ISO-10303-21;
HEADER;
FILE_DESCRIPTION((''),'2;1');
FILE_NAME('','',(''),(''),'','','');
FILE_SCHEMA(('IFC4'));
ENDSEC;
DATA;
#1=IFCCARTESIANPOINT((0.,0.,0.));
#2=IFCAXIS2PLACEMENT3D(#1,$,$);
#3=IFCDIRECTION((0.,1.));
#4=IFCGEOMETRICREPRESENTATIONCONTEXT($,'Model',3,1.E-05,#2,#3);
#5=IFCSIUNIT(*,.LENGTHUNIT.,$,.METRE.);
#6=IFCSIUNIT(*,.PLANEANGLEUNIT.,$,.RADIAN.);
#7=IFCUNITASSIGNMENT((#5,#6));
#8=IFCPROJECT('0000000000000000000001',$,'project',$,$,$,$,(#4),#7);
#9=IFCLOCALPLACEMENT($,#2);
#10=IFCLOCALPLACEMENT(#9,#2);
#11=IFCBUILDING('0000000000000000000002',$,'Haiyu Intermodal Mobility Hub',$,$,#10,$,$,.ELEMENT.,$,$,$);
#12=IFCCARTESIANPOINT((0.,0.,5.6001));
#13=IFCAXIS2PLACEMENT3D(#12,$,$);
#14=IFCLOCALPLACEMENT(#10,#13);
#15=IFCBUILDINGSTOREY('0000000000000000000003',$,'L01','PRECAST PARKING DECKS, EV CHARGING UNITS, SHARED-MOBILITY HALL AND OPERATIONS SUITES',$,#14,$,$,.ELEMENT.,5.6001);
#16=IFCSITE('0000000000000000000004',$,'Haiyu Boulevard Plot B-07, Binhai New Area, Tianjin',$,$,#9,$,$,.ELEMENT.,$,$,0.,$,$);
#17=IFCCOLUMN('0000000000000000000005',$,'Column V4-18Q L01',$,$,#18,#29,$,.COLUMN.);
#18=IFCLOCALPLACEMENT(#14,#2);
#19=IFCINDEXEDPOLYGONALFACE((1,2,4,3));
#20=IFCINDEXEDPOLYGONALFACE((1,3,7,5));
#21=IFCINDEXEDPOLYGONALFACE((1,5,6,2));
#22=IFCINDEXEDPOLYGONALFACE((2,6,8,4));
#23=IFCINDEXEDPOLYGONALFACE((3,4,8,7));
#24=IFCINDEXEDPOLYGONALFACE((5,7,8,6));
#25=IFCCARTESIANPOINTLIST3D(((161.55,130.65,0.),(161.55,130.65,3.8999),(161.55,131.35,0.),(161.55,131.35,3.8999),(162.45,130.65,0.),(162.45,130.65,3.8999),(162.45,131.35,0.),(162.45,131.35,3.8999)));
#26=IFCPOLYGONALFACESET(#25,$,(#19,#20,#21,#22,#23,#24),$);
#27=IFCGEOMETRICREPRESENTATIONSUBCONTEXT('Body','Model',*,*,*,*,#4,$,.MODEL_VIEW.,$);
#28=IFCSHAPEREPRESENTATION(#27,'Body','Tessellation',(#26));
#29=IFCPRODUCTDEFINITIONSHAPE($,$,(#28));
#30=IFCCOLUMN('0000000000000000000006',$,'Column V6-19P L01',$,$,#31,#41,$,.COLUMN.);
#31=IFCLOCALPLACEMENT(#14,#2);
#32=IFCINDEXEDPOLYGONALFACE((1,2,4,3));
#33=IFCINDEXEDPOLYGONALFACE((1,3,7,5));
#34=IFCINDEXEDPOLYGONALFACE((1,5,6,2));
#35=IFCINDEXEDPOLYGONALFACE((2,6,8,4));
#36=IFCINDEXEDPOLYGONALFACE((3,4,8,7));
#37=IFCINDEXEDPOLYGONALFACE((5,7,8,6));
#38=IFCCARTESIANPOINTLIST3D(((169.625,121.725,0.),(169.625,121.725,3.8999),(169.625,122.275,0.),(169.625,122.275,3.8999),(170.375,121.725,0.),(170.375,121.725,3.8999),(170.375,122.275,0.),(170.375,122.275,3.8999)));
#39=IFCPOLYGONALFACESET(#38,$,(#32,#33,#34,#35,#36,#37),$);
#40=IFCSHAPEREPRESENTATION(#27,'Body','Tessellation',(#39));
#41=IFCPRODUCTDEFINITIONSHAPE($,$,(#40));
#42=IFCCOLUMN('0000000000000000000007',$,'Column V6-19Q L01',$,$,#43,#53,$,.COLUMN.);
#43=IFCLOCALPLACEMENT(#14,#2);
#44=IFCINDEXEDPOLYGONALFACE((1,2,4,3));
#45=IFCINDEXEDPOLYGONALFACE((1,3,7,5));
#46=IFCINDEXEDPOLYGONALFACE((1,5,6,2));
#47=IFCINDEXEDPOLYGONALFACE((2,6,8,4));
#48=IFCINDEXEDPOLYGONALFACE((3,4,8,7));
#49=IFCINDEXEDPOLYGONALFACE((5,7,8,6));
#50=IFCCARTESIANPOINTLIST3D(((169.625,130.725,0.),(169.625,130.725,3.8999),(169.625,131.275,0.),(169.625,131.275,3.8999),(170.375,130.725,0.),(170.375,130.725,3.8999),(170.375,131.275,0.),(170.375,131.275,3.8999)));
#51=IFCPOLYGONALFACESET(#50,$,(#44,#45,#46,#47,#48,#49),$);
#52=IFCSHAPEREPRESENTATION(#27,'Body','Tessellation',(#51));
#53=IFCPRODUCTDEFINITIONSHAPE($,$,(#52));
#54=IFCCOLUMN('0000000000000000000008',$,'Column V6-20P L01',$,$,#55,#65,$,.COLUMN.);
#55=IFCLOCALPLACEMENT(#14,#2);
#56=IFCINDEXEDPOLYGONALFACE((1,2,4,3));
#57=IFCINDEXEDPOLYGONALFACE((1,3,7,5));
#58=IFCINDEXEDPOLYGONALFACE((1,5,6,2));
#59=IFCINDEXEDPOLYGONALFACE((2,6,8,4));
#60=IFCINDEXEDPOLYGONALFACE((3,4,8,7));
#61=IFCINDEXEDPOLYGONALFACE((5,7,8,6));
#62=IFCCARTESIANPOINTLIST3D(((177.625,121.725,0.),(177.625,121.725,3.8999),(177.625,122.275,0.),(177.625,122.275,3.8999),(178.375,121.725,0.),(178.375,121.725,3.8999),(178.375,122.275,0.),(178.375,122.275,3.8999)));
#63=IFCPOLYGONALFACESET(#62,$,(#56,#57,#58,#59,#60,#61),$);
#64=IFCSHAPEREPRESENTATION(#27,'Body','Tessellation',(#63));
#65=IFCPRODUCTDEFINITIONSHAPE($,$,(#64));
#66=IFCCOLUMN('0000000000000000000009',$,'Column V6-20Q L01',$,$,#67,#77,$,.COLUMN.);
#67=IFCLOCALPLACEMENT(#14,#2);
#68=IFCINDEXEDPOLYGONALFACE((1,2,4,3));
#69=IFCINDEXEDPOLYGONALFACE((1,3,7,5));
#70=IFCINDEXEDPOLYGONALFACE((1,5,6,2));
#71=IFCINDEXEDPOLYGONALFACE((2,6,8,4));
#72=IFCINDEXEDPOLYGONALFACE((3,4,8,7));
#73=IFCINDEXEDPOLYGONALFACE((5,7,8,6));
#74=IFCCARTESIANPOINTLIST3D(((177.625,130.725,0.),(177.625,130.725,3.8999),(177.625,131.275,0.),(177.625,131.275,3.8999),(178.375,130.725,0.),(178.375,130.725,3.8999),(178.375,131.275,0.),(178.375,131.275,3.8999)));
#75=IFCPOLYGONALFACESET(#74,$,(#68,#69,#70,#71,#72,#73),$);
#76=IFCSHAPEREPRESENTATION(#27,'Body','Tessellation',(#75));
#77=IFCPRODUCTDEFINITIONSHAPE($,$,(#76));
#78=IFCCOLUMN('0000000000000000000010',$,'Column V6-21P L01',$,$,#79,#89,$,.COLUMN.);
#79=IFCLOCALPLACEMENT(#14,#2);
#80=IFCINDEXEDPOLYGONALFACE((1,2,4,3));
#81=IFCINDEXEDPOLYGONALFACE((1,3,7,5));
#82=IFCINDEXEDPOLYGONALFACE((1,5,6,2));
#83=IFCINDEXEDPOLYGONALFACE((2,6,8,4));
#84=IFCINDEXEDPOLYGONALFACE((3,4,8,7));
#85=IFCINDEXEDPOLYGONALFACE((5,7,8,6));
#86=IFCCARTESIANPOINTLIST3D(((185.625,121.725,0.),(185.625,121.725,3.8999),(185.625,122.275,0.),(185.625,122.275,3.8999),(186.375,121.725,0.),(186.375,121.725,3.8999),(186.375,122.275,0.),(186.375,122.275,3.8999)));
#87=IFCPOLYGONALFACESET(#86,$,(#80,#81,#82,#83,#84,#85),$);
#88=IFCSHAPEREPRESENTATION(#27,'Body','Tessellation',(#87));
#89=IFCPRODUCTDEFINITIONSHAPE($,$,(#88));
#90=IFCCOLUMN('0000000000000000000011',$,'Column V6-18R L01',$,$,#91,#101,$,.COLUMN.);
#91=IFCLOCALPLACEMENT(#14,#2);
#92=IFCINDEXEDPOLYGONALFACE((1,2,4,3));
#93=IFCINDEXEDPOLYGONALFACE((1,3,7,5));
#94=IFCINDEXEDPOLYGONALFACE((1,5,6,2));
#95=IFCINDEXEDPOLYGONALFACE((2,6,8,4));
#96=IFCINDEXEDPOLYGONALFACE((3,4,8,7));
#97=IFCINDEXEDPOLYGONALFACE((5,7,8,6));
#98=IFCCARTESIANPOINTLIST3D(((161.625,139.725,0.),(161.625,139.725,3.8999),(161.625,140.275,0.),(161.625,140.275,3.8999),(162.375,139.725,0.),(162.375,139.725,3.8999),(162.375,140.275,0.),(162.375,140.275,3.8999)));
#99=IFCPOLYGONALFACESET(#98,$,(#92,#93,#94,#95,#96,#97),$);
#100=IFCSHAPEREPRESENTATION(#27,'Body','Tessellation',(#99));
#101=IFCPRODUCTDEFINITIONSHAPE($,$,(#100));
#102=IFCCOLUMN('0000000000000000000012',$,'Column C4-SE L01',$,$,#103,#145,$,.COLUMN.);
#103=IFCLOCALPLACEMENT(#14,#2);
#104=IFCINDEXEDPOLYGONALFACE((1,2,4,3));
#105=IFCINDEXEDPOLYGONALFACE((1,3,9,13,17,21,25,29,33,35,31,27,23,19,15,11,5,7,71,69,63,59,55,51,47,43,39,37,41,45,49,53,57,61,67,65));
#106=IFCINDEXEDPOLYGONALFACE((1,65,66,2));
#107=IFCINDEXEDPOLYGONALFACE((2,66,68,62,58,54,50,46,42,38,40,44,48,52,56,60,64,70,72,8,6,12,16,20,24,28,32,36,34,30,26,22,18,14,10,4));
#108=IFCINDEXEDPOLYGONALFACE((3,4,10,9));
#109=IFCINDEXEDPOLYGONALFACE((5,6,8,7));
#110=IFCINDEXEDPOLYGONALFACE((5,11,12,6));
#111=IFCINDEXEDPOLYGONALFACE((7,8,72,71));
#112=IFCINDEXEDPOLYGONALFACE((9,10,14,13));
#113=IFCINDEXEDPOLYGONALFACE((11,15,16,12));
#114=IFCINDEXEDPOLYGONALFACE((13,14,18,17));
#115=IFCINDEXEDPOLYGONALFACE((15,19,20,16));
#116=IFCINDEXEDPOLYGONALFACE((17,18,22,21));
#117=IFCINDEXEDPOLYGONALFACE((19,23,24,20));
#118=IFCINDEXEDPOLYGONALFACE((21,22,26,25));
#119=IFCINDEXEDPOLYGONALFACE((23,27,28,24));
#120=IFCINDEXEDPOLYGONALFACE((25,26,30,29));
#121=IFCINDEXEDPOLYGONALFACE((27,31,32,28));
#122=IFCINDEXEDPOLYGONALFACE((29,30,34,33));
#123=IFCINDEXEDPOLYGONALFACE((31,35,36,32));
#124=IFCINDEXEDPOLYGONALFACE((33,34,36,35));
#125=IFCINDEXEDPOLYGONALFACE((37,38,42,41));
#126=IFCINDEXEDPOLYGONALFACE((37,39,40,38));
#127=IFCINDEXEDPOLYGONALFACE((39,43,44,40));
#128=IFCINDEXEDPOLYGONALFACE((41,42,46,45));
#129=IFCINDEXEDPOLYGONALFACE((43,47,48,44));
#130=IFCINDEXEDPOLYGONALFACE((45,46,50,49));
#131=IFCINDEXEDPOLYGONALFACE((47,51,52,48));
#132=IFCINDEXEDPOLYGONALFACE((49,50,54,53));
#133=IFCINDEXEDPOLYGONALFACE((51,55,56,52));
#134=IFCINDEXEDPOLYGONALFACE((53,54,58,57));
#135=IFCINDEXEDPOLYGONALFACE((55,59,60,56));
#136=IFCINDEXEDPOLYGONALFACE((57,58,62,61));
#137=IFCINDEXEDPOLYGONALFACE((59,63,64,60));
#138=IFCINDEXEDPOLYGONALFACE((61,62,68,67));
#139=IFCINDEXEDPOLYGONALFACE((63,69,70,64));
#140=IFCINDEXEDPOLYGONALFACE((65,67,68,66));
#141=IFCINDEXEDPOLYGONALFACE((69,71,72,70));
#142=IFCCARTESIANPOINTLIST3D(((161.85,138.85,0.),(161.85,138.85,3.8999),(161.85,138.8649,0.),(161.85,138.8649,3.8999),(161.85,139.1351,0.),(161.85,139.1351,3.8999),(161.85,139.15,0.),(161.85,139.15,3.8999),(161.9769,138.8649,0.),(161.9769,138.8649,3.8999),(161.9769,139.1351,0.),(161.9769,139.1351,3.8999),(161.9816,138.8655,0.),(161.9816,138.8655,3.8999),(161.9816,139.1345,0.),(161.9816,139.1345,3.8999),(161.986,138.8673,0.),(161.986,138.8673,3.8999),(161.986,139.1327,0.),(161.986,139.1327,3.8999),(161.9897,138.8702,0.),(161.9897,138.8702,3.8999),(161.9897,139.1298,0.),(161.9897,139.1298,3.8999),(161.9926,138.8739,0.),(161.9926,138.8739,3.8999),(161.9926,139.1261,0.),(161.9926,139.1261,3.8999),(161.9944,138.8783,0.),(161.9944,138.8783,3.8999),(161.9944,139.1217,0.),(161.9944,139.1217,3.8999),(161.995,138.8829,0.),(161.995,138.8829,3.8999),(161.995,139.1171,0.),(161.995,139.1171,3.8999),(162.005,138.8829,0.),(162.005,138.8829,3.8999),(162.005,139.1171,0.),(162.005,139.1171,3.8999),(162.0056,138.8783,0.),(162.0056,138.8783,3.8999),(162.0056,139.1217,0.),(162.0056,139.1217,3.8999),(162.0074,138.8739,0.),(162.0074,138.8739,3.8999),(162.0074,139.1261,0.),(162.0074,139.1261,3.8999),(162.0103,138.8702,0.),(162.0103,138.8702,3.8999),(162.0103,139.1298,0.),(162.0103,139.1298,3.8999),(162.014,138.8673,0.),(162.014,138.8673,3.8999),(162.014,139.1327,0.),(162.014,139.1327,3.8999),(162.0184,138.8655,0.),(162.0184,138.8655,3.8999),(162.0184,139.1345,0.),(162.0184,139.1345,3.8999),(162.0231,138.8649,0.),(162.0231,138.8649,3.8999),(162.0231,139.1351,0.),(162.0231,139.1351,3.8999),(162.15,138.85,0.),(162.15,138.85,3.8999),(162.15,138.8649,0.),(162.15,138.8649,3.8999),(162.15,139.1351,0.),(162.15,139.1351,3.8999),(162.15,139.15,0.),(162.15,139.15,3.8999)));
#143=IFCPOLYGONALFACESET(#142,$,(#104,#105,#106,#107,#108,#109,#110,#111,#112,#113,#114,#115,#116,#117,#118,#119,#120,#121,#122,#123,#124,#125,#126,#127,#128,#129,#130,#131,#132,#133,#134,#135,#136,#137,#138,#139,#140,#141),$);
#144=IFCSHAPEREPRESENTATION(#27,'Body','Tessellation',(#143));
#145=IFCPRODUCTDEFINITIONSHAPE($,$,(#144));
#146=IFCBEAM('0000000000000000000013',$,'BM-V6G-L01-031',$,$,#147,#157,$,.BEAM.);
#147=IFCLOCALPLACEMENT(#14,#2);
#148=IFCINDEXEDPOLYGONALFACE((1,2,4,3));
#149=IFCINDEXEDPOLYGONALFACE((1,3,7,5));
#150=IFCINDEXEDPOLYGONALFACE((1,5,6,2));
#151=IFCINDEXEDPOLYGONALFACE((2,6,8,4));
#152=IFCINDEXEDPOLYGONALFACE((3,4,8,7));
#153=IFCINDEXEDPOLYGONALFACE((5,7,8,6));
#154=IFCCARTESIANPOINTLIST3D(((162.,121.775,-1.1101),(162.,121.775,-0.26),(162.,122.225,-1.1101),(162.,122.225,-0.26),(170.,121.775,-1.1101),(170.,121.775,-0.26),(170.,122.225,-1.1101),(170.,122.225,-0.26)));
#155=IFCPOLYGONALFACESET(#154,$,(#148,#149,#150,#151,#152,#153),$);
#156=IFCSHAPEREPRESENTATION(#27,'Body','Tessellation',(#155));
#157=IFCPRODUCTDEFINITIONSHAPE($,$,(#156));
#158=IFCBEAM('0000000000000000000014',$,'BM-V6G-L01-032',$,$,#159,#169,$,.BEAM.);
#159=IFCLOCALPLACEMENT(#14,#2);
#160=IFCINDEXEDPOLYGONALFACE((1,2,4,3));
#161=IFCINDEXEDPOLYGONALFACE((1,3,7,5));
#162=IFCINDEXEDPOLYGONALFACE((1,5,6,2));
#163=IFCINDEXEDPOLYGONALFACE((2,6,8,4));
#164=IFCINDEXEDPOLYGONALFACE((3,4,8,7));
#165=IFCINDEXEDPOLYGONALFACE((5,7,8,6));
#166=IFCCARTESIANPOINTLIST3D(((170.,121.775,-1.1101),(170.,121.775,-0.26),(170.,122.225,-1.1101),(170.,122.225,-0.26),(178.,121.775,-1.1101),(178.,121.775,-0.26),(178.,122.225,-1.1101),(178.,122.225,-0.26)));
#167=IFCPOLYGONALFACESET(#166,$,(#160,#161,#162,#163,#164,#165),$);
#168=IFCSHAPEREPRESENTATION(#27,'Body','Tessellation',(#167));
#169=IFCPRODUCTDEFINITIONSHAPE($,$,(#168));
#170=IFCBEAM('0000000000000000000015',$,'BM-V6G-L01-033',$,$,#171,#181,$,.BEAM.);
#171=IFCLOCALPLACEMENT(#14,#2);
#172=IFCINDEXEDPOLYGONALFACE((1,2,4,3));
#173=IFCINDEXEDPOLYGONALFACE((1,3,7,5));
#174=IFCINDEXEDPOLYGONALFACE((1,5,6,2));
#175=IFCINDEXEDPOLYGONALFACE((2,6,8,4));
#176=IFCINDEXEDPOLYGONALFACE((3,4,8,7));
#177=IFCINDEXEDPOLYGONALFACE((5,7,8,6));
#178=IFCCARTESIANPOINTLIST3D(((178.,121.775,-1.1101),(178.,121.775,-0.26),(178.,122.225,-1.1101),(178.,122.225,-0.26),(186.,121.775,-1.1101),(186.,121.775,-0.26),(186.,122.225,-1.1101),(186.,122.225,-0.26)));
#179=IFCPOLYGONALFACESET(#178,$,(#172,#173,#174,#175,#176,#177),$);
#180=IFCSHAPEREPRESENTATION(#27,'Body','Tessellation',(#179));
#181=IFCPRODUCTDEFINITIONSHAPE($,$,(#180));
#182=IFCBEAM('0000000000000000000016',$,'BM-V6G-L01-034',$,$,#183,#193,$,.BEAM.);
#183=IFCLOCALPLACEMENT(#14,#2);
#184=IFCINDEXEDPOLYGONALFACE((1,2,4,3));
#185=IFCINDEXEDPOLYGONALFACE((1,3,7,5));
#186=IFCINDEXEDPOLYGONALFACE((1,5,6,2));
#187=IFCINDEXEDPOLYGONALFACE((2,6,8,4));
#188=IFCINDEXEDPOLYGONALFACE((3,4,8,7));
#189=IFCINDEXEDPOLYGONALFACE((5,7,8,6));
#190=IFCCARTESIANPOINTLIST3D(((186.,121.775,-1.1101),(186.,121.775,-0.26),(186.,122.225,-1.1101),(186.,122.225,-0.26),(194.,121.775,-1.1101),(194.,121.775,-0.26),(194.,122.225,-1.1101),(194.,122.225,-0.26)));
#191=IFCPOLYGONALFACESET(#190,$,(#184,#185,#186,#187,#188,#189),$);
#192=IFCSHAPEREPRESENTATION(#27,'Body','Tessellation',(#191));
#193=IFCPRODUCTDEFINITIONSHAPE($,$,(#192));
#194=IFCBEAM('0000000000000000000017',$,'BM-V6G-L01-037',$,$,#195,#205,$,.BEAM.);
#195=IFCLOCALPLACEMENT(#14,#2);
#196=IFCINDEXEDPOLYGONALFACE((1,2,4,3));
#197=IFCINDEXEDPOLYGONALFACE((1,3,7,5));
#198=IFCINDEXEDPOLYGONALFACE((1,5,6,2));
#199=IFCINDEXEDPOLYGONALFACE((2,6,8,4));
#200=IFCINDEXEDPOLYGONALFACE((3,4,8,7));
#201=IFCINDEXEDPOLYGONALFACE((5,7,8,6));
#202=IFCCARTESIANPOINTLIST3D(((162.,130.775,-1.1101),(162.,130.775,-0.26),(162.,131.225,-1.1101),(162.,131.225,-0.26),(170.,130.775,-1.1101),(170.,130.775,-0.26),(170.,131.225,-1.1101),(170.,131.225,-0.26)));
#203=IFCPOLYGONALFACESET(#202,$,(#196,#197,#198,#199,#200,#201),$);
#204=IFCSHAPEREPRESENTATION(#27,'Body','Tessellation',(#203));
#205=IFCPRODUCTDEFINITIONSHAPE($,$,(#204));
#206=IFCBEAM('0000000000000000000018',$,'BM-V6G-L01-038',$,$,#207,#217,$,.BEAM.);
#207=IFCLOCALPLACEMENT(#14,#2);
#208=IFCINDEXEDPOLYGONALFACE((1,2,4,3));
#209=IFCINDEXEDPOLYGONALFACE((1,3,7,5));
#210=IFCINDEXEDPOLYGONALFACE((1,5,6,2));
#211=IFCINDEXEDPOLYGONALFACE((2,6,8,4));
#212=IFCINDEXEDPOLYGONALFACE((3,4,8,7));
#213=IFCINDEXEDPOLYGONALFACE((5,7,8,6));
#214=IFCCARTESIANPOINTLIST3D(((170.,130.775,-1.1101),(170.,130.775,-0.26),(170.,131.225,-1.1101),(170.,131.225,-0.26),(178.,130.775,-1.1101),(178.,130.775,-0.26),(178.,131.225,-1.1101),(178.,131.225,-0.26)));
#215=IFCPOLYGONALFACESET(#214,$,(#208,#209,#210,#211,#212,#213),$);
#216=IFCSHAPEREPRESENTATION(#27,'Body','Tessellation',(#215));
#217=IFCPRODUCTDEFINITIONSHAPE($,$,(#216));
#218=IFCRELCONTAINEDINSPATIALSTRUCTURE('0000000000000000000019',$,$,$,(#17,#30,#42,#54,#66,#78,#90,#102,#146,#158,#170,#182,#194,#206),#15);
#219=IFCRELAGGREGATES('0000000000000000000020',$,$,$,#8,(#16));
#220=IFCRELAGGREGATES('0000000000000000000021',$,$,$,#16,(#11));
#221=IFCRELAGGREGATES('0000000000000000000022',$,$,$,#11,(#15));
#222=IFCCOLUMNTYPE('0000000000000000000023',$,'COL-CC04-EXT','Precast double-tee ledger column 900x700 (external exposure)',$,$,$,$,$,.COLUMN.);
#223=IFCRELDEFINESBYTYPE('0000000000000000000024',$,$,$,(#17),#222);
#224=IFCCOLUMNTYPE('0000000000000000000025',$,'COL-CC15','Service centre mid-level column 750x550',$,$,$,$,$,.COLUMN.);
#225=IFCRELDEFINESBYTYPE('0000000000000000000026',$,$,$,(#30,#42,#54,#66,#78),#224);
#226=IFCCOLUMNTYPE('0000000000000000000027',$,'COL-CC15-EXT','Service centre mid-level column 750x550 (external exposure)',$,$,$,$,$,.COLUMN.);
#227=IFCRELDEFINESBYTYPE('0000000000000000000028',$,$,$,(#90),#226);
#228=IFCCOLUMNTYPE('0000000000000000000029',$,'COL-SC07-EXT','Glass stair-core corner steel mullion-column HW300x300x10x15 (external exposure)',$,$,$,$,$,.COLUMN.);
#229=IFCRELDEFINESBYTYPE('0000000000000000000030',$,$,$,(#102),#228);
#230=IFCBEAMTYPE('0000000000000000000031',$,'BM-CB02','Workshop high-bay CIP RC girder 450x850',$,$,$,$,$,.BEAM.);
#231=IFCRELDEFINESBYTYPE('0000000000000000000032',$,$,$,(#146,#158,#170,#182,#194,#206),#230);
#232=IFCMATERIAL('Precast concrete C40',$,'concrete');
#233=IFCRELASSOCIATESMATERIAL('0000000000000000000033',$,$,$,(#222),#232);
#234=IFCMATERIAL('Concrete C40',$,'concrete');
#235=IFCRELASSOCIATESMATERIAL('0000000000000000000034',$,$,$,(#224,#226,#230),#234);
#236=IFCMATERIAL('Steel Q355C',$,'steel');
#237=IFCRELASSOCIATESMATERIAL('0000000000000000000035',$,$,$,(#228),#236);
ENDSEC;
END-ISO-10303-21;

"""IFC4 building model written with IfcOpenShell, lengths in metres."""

from ifc_helpers import new_model, si_unit, direction, frame, origin, origin_2d, place, context, subcontext, project, spatial, rectangle, i_section, extrude, material, material_profile, profile_set, type_object, element, save


model = new_model("IFC4")

# Units and contexts
model_context = context("Model", 3, precision=1e-05, world=origin(), true_north=direction((0.0, 1.0)))
body_context = subcontext(model_context, "Body", "Model", "MODEL_VIEW")
ifc_project = project(units=[si_unit("LENGTHUNIT", "METRE"), si_unit("PLANEANGLEUNIT", "RADIAN")], contexts=[model_context])

# Site, building, storey
site_placement = place(None, origin())
site = spatial("IfcSite", under=ifc_project, at=site_placement, Name="Haiyu Boulevard Plot B-07, Binhai New Area, Tianjin", CompositionType="ELEMENT", RefElevation=0.0)
building_placement = place(site_placement, origin())
building = spatial("IfcBuilding", under=site, at=building_placement, Name="Haiyu Intermodal Mobility Hub", CompositionType="ELEMENT")
storey_placement = place(building_placement, frame((0.0, 0.0, 5.6001)))
storey = spatial("IfcBuildingStorey", under=building, at=storey_placement, Name="L01", Description="PRECAST PARKING DECKS, EV CHARGING UNITS, SHARED-MOBILITY HALL AND OPERATIONS SUITES", CompositionType="ELEMENT", Elevation=5.6001)

# Columns
ifc_material_1 = material(Name="Precast concrete C40", Category="concrete")
ifc_material_profile_1 = material_profile(ifc_material_1, rectangle(XDim=0.8999, YDim=0.7, at=origin_2d()), Name="RC900x700")
ifc_profile_set_1 = profile_set([ifc_material_profile_1], Name="Precast concrete C40")
column_type_1 = type_object("IfcColumnType", Name="COL-CC04-EXT", Description="Precast double-tee ledger column 900x700 (external exposure)", PredefinedType="COLUMN", material=ifc_profile_set_1)
column_1_placement = place(storey_placement, frame((162.0, 131.0, 0.0), z_axis=(0.0, 0.0, 1.0), x_axis=(1.0, 0.0, 0.0)))
element("IfcColumn", 1, at=column_1_placement, inside=storey, type_object=column_type_1, Name="Column V4-18Q L01", PredefinedType="COLUMN", context=body_context, shape_type="SweptSolid", body=[
    extrude(rectangle(XDim=0.8999, YDim=0.7, at=origin_2d()), origin(), (0.0, 0.0, 1.0), 3.8999),
])
ifc_material_2 = material(Name="Concrete C40", Category="concrete")
ifc_material_profile_2 = material_profile(ifc_material_2, rectangle(XDim=0.75, YDim=0.55, at=origin_2d()), Name="C750x550")
ifc_profile_set_2 = profile_set([ifc_material_profile_2], Name="Concrete C40")
column_type_2 = type_object("IfcColumnType", Name="COL-CC15", Description="Service centre mid-level column 750x550", PredefinedType="COLUMN", material=ifc_profile_set_2)
for number, where, z_axis, x_axis, name in (
    (2, (170.0, 122.0, 0.0), (0.0, 0.0, 1.0), (1.0, 0.0, 0.0), "Column V6-19P L01"),
    (3, (170.0, 131.0, 0.0), (0.0, 0.0, 1.0), (1.0, 0.0, 0.0), "Column V6-19Q L01"),
    (4, (178.0, 122.0, 0.0), (0.0, 0.0, 1.0), (1.0, 0.0, 0.0), "Column V6-20P L01"),
    (5, (178.0, 131.0, 0.0), (0.0, 0.0, 1.0), (1.0, 0.0, 0.0), "Column V6-20Q L01"),
    (6, (186.0, 122.0, 0.0), (0.0, 0.0, 1.0), (1.0, 0.0, 0.0), "Column V6-21P L01"),
):
    element("IfcColumn", number, at=place(storey_placement, frame(where, z_axis=z_axis, x_axis=x_axis)), inside=storey, type_object=column_type_2, Name=name, PredefinedType="COLUMN", context=body_context, shape_type="SweptSolid", body=[
        extrude(rectangle(XDim=0.75, YDim=0.55, at=origin_2d()), origin(), (0.0, 0.0, 1.0), 3.8999),
    ])
ifc_material_profile_3 = material_profile(ifc_material_2, rectangle(XDim=0.75, YDim=0.55, at=origin_2d()), Name="C750x550")
ifc_profile_set_3 = profile_set([ifc_material_profile_3], Name="Concrete C40")
column_type_3 = type_object("IfcColumnType", Name="COL-CC15-EXT", Description="Service centre mid-level column 750x550 (external exposure)", PredefinedType="COLUMN", material=ifc_profile_set_3)
column_2_placement = place(storey_placement, frame((162.0, 140.0, 0.0), z_axis=(0.0, 0.0, 1.0), x_axis=(1.0, 0.0, 0.0)))
element("IfcColumn", 7, at=column_2_placement, inside=storey, type_object=column_type_3, Name="Column V6-18R L01", PredefinedType="COLUMN", context=body_context, shape_type="SweptSolid", body=[
    extrude(rectangle(XDim=0.75, YDim=0.55, at=origin_2d()), origin(), (0.0, 0.0, 1.0), 3.8999),
])
ifc_material_3 = material(Name="Steel Q355C", Category="steel")
ifc_material_profile_4 = material_profile(ifc_material_3, i_section(OverallWidth=0.3, OverallDepth=0.3, WebThickness=0.01, FlangeThickness=0.0149, FilletRadius=0.0181, at=origin_2d()), Name="HW300x300x10x15")
ifc_profile_set_4 = profile_set([ifc_material_profile_4], Name="Steel Q355C")
column_type_4 = type_object("IfcColumnType", Name="COL-SC07-EXT", Description="Glass stair-core corner steel mullion-column HW300x300x10x15 (external exposure)", PredefinedType="COLUMN", material=ifc_profile_set_4)
column_3_placement = place(storey_placement, frame((162.0, 139.0, 0.0), z_axis=(0.0, 0.0, 1.0), x_axis=(1.0, 0.0, 0.0)))
element("IfcColumn", 8, at=column_3_placement, inside=storey, type_object=column_type_4, Name="Column C4-SE L01", PredefinedType="COLUMN", context=body_context, shape_type="SweptSolid", body=[
    extrude(i_section(OverallWidth=0.3, OverallDepth=0.3, WebThickness=0.01, FlangeThickness=0.0149, FilletRadius=0.0181, at=origin_2d()), origin(), (0.0, 0.0, 1.0), 3.8999),
])

# Beams
ifc_material_profile_5 = material_profile(ifc_material_2, rectangle(XDim=0.45, YDim=0.8501, at=origin_2d()), Name="RCB450x850")
ifc_profile_set_5 = profile_set([ifc_material_profile_5], Name="Concrete C40")
beam_type_1 = type_object("IfcBeamType", Name="BM-CB02", Description="Workshop high-bay CIP RC girder 450x850", PredefinedType="BEAM", material=ifc_profile_set_5)
for number, where, z_axis, x_axis, name in (
    (9, (162.0, 122.0, -0.6851), (1.0, 0.0, 0.0), (0.0, 1.0, 0.0), "BM-V6G-L01-031"),
    (10, (170.0, 122.0, -0.6851), (1.0, 0.0, 0.0), (0.0, 1.0, 0.0), "BM-V6G-L01-032"),
    (11, (178.0, 122.0, -0.6851), (1.0, 0.0, 0.0), (0.0, 1.0, 0.0), "BM-V6G-L01-033"),
    (12, (186.0, 122.0, -0.6851), (1.0, 0.0, 0.0), (0.0, 1.0, 0.0), "BM-V6G-L01-034"),
    (13, (162.0, 131.0, -0.6851), (1.0, 0.0, 0.0), (0.0, 1.0, 0.0), "BM-V6G-L01-037"),
    (14, (170.0, 131.0, -0.6851), (1.0, 0.0, 0.0), (0.0, 1.0, 0.0), "BM-V6G-L01-038"),
):
    element("IfcBeam", number, at=place(storey_placement, frame(where, z_axis=z_axis, x_axis=x_axis)), inside=storey, type_object=beam_type_1, Name=name, PredefinedType="BEAM", context=body_context, shape_type="SweptSolid", body=[
        extrude(rectangle(XDim=0.45, YDim=0.8501, at=origin_2d()), origin(), (0.0, 0.0, 1.0), 8.0),
    ])

save(model, "model.ifc")
